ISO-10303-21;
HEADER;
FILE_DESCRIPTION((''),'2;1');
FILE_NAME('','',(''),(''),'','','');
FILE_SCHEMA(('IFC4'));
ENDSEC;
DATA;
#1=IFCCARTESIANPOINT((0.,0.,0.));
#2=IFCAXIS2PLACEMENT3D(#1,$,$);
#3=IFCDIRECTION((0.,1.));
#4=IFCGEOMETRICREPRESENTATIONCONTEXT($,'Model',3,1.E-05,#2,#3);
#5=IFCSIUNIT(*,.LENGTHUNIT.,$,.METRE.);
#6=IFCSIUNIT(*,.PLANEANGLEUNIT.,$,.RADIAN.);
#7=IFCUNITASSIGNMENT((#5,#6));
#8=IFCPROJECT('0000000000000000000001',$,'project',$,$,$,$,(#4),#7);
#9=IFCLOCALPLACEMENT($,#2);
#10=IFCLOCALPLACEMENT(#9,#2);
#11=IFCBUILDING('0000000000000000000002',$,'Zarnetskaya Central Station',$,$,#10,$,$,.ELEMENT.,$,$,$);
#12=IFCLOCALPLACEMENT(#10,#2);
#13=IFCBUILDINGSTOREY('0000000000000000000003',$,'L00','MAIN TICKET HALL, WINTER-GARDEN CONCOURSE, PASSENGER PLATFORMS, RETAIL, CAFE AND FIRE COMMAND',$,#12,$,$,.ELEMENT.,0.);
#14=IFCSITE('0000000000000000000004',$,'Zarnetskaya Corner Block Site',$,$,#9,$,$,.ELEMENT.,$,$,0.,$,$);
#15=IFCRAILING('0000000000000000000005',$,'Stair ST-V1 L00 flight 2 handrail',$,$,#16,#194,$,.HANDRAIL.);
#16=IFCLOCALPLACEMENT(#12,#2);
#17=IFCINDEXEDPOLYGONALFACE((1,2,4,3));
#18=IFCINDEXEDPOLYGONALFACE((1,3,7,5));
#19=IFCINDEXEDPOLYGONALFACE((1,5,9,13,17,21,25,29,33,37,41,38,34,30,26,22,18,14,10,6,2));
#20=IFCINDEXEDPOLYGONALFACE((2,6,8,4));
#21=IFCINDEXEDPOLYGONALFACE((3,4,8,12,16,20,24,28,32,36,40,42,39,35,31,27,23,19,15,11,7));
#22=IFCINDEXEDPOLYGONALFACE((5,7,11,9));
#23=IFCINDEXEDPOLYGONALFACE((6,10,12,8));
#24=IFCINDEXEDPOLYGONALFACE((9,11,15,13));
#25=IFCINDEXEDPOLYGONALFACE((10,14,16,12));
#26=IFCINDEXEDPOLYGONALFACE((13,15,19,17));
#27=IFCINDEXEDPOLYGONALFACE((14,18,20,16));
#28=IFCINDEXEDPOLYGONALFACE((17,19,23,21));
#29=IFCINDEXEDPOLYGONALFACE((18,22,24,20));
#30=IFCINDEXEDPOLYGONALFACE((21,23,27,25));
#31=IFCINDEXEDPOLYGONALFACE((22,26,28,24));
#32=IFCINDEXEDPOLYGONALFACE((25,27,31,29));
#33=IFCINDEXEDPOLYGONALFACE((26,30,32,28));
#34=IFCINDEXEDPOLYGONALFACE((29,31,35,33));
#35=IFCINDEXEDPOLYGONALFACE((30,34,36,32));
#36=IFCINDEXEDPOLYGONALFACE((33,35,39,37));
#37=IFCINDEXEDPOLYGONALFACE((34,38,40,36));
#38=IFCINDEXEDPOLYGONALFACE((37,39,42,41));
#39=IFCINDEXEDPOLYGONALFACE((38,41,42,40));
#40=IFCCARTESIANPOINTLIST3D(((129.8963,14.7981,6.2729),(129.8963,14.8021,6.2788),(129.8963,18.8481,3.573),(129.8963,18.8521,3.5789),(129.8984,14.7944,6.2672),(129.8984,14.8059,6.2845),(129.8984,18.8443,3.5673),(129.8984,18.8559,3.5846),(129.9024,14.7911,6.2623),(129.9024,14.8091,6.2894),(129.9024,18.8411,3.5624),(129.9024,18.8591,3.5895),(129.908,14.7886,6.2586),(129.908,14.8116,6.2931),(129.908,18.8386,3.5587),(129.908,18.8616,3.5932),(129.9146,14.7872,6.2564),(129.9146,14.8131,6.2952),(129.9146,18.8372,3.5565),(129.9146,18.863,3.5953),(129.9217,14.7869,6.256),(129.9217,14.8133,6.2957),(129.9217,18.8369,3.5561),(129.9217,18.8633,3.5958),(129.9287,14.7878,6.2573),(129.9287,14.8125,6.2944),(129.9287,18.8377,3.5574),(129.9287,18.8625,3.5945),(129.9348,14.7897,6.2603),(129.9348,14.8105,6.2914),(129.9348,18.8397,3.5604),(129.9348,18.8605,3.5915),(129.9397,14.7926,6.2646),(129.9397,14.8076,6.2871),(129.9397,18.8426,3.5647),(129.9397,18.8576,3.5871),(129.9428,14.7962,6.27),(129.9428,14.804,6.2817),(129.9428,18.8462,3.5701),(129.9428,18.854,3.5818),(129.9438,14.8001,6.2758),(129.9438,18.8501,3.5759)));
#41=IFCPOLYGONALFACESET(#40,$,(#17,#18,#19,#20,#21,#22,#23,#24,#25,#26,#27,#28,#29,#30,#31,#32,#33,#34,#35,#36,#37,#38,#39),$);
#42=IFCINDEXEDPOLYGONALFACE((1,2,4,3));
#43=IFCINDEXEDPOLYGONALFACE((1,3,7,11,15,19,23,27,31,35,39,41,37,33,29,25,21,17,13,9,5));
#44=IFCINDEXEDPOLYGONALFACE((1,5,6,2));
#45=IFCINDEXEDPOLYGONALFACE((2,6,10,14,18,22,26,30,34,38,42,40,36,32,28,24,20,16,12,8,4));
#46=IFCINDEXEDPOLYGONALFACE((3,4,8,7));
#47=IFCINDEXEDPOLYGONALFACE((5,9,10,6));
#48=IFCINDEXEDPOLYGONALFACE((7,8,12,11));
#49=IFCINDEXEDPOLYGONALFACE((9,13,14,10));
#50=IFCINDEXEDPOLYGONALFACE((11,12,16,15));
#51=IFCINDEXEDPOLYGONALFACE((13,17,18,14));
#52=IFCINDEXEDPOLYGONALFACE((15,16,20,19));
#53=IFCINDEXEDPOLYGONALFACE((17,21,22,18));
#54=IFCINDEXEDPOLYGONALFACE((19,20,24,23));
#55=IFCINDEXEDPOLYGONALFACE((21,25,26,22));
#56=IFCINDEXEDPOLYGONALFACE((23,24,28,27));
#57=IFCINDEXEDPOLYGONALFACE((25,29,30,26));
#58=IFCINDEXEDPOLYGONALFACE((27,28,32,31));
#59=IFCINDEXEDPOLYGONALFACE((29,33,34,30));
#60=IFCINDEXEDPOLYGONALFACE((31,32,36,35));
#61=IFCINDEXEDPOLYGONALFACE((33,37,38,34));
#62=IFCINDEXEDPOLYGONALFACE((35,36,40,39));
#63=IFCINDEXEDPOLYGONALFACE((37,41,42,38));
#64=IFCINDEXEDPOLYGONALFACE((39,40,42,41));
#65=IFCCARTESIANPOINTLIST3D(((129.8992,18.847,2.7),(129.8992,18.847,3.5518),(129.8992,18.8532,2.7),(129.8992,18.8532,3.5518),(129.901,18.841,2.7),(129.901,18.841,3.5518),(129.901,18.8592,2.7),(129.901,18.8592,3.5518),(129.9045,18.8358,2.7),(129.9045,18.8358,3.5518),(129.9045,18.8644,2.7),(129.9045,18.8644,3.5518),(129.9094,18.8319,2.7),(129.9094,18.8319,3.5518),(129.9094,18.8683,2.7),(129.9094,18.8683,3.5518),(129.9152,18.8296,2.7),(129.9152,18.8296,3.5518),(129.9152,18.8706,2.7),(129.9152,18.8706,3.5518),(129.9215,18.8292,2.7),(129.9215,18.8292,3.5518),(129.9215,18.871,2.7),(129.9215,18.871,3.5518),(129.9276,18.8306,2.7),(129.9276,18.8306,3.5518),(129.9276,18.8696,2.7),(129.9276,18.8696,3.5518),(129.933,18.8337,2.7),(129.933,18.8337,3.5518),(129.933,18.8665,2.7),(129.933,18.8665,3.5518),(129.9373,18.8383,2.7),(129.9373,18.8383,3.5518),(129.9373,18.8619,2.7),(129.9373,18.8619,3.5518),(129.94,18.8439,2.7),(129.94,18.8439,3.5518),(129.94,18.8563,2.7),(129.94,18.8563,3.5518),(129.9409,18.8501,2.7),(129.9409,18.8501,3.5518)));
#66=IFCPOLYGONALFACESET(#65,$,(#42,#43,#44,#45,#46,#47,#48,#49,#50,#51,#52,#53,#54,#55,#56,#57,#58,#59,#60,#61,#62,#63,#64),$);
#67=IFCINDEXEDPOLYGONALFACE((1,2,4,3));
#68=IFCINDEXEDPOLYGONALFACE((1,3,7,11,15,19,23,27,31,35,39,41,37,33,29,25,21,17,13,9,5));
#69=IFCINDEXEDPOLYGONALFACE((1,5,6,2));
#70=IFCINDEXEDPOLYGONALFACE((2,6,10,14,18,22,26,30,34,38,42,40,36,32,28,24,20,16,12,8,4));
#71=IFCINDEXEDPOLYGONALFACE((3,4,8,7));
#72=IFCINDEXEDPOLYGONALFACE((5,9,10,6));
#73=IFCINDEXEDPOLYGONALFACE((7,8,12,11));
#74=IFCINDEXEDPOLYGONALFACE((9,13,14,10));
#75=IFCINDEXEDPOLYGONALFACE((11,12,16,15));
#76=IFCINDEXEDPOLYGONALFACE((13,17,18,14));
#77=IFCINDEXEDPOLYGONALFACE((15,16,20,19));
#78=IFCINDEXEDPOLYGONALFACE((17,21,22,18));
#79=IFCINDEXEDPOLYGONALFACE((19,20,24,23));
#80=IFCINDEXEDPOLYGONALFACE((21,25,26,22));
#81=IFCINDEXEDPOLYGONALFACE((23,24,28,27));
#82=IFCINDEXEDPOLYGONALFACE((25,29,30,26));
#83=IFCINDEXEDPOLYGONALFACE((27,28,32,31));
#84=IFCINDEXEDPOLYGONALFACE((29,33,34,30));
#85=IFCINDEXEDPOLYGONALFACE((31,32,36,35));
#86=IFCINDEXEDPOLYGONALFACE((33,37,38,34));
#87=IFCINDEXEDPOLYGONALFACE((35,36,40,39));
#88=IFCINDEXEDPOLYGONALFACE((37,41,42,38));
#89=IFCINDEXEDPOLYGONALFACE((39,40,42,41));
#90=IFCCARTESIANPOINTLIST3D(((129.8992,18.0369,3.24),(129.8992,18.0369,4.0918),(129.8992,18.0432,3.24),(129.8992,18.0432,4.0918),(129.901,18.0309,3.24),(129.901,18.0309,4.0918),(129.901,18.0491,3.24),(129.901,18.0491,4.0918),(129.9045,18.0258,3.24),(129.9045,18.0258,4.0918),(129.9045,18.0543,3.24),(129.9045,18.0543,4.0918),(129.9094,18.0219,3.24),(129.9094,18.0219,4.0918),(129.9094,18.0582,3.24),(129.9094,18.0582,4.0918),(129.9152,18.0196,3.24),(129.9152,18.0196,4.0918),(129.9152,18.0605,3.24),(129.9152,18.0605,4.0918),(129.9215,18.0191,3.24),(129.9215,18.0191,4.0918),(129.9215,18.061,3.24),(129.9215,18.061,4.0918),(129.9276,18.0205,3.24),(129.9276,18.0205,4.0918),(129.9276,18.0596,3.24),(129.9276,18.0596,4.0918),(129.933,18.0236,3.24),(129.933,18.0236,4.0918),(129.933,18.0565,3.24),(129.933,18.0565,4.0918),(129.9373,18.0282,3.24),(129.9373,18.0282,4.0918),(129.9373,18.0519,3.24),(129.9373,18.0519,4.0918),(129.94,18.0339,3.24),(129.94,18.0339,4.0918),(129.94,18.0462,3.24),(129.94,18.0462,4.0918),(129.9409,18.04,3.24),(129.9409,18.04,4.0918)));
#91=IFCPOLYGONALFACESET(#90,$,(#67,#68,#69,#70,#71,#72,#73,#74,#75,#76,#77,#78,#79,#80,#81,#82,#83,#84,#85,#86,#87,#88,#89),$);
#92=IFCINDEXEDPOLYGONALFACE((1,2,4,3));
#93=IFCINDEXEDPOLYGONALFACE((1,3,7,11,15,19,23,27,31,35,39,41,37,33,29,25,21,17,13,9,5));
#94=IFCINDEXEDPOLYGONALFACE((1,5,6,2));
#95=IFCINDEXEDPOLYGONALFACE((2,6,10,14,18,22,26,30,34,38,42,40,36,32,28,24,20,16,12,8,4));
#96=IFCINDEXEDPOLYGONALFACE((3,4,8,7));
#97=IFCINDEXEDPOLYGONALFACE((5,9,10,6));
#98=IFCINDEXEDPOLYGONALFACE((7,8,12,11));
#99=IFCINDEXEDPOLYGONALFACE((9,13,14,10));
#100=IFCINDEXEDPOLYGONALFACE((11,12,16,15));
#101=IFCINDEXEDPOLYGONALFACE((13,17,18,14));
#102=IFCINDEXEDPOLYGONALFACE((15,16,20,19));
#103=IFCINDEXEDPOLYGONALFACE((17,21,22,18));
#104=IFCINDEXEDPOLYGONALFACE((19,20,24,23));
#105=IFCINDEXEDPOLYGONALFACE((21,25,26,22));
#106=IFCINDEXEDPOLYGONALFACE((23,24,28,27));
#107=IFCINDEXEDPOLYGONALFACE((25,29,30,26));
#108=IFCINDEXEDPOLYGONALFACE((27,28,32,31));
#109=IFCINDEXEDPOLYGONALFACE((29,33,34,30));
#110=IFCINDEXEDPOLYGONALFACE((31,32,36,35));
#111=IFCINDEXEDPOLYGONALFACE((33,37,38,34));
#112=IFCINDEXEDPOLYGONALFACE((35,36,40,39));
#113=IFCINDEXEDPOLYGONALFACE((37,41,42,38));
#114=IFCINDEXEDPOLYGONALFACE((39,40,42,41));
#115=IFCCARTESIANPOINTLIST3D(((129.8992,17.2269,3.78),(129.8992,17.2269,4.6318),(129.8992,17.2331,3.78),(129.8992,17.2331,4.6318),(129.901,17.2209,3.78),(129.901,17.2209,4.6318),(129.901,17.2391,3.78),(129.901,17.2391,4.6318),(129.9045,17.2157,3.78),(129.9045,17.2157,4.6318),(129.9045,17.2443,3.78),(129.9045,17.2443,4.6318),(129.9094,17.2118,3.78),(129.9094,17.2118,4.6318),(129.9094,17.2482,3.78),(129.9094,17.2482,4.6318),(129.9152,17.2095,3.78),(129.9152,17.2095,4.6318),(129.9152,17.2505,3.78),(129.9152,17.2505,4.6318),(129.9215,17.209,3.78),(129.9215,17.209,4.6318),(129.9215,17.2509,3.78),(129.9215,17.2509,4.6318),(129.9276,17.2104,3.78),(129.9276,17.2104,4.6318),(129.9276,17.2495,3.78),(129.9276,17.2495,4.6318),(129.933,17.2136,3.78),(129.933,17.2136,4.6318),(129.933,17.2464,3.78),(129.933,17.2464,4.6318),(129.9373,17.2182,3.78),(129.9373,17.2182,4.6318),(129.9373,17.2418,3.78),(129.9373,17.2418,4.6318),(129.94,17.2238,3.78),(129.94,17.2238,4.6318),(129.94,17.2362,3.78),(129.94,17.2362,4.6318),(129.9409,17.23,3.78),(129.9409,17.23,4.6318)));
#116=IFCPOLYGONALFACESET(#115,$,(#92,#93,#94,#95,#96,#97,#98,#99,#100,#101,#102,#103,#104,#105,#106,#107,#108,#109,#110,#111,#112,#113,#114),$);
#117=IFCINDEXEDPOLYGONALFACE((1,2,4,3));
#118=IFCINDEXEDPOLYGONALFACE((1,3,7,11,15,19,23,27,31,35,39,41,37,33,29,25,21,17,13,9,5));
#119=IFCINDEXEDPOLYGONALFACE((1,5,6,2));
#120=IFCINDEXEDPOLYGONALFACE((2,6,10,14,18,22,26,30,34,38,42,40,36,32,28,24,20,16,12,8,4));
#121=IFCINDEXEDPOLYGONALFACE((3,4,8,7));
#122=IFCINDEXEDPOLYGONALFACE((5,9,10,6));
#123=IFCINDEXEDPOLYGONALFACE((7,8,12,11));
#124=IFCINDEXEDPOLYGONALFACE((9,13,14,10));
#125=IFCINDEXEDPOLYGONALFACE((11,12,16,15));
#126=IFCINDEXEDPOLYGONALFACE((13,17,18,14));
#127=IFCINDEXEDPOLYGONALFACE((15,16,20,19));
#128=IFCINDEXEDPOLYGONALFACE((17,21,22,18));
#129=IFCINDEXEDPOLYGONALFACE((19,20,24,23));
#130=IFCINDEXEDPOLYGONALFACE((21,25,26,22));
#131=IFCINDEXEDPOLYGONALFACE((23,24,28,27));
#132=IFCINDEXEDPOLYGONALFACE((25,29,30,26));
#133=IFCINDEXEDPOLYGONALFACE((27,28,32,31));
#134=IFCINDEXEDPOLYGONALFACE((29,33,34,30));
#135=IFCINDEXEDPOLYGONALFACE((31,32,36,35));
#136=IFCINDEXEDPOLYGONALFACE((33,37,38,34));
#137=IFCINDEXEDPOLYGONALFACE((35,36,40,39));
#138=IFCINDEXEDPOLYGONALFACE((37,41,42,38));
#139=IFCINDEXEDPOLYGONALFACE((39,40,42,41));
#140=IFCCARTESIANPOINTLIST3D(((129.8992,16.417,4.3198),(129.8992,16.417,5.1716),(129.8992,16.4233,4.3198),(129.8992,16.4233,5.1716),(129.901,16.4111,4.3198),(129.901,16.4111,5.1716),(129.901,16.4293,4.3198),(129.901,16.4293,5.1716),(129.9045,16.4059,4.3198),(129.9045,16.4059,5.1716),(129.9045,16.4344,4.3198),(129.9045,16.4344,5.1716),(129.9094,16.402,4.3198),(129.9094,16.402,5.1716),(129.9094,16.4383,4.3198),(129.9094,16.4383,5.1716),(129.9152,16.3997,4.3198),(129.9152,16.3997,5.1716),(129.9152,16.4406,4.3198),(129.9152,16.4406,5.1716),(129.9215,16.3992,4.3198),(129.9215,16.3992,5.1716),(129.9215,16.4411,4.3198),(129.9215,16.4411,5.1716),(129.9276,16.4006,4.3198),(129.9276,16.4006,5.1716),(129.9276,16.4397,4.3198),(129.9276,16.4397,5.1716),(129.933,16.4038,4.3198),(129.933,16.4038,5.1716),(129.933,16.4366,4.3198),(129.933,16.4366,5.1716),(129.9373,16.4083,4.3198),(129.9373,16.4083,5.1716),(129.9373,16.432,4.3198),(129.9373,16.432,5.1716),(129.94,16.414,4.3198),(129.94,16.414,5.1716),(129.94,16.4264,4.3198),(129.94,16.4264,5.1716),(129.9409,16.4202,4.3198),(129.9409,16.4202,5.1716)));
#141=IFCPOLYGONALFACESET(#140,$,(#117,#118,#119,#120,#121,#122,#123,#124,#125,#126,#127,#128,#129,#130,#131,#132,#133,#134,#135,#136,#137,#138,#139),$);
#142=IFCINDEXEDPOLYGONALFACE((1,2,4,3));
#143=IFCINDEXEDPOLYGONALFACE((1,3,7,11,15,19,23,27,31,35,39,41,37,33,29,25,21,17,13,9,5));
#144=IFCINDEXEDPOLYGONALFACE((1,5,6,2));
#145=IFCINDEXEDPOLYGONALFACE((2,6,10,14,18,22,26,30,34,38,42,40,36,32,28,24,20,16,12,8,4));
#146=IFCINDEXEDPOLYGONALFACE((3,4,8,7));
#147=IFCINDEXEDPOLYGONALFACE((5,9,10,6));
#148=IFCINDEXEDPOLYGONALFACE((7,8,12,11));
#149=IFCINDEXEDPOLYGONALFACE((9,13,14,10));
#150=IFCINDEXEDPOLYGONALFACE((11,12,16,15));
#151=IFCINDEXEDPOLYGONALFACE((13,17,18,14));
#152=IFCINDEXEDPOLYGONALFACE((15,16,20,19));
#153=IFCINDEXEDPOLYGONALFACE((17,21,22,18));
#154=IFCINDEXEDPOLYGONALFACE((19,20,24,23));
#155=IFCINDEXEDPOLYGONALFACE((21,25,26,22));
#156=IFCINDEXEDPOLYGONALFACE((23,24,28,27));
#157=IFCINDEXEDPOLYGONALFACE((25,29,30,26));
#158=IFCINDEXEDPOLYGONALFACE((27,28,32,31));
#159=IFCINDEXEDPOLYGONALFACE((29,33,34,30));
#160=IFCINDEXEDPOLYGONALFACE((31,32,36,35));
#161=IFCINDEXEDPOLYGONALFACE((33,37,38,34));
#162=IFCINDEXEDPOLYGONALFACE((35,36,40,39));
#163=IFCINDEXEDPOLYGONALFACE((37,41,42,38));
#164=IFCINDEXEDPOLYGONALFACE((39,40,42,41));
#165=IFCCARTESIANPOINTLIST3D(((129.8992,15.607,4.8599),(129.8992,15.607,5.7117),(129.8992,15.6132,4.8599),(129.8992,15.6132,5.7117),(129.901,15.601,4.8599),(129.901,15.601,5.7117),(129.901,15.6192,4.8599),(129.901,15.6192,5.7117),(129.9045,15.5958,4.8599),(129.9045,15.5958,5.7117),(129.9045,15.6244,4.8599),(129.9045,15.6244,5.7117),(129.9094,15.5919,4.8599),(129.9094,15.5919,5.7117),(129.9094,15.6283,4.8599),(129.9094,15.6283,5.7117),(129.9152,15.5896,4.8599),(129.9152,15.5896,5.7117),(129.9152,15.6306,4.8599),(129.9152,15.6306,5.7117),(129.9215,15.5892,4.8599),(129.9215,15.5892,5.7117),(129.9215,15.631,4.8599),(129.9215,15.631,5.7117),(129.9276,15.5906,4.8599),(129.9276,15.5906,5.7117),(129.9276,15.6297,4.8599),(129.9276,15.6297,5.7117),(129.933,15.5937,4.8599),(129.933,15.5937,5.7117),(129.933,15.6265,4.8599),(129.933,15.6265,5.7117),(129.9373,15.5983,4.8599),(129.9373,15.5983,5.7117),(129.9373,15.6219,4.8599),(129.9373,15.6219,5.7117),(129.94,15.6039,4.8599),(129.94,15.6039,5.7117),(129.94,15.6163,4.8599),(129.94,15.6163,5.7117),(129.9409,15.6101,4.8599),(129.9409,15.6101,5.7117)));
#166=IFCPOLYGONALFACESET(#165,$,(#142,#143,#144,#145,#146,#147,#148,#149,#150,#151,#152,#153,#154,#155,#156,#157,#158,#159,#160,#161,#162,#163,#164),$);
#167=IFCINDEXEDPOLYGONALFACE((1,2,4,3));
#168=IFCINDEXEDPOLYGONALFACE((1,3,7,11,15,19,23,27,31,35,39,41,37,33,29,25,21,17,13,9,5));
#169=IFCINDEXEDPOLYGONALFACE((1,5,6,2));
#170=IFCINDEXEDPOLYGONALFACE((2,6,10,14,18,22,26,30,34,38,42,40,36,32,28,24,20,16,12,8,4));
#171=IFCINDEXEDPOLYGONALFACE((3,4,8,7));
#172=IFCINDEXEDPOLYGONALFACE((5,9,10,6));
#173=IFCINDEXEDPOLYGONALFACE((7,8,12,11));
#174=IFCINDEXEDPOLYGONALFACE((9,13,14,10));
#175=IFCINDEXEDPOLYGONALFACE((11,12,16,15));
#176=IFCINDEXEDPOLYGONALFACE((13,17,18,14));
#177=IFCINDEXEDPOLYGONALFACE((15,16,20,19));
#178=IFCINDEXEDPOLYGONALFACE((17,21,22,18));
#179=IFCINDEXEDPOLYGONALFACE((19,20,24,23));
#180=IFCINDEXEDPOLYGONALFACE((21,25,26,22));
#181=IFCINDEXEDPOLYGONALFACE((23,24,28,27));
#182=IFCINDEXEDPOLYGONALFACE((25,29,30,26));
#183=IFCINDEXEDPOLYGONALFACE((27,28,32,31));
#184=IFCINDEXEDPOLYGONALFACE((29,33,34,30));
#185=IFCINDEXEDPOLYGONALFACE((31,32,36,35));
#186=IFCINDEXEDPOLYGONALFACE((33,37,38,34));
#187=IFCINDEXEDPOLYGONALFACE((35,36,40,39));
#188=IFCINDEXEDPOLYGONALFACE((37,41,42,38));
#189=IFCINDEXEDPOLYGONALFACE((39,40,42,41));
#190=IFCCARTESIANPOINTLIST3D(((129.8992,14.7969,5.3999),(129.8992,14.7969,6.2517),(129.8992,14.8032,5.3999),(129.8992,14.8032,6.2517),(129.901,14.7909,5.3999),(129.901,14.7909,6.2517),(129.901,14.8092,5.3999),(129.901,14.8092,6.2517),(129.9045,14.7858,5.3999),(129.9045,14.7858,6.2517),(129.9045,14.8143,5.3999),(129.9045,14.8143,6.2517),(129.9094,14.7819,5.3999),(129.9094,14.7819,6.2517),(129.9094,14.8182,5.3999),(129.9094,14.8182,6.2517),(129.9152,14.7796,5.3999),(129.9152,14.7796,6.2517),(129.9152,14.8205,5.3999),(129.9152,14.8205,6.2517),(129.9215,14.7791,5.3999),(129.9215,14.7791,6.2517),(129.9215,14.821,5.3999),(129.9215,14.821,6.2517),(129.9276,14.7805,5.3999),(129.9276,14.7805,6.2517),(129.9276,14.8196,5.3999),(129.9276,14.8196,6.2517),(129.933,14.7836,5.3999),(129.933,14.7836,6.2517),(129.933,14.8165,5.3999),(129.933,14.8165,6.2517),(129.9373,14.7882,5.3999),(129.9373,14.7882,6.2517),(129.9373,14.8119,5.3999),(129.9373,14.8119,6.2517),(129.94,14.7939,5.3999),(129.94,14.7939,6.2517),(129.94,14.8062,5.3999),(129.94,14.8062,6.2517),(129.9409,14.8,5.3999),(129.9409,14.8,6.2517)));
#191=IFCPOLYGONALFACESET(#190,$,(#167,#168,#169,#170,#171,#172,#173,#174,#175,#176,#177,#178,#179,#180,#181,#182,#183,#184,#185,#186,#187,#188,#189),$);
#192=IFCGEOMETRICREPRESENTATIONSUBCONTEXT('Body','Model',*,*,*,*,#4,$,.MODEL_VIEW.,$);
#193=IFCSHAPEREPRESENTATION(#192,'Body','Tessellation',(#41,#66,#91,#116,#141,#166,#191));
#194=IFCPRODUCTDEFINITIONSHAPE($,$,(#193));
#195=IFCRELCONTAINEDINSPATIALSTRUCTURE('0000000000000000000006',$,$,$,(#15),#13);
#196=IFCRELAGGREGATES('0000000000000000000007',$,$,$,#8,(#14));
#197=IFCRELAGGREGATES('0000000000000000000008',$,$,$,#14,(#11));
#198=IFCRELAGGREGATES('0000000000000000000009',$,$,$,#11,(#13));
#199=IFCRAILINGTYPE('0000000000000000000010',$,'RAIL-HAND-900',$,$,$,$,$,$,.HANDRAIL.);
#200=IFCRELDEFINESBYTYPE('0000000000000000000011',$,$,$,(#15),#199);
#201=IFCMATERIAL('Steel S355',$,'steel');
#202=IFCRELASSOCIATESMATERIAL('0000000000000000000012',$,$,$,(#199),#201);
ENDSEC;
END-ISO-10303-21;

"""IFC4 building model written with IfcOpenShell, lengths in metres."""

from ifc_helpers import new_model, si_unit, direction, frame, origin, origin_2d, place, context, subcontext, project, spatial, circle, extrude, material, type_object, element, save


model = new_model("IFC4")

# Units and contexts
model_context = context("Model", 3, precision=1e-05, world=origin(), true_north=direction((0.0, 1.0)))
body_context = subcontext(model_context, "Body", "Model", "MODEL_VIEW")
ifc_project = project(units=[si_unit("LENGTHUNIT", "METRE"), si_unit("PLANEANGLEUNIT", "RADIAN")], contexts=[model_context])

# Site, building, storey
site_placement = place(None, origin())
site = spatial("IfcSite", under=ifc_project, at=site_placement, Name="Zarnetskaya Corner Block Site", CompositionType="ELEMENT", RefElevation=0.0)
building_placement = place(site_placement, origin())
building = spatial("IfcBuilding", under=site, at=building_placement, Name="Zarnetskaya Central Station", CompositionType="ELEMENT")
storey_placement = place(building_placement, origin())
storey = spatial("IfcBuildingStorey", under=building, at=storey_placement, Name="L00", Description="MAIN TICKET HALL, WINTER-GARDEN CONCOURSE, PASSENGER PLATFORMS, RETAIL, CAFE AND FIRE COMMAND", CompositionType="ELEMENT", Elevation=0.0)

# Shared definitions
ifc_material_1 = material(Name="Steel S355", Category="steel")

# Railing
railing_type_1 = type_object("IfcRailingType", Name="RAIL-HAND-900", PredefinedType="HANDRAIL", material=ifc_material_1)
railing_1_placement = place(storey_placement, frame((129.9199, 18.8501, 2.7)))
element("IfcRailing", 1, at=railing_1_placement, inside=storey, type_object=railing_type_1, Name="Stair ST-V1 L00 flight 2 handrail", PredefinedType="HANDRAIL", context=body_context, shape_type="SweptSolid", body=[
    extrude(circle(Radius=0.0239, at=origin_2d()), frame((0.0, 0.0, 0.876), z_axis=(0.0, -0.832058, 0.554689), x_axis=(1.0, 0.0, 0.0)), (0.0, 0.0, 1.0), 4.8674),
    extrude(circle(Radius=0.021, at=origin_2d()), origin(), (0.0, 0.0, 1.0), 0.8518),
    extrude(circle(Radius=0.021, at=origin_2d()), frame((0.0, -0.8101, 0.54)), (0.0, 0.0, 1.0), 0.8518),
    extrude(circle(Radius=0.021, at=origin_2d()), frame((0.0, -1.6201, 1.0801)), (0.0, 0.0, 1.0), 0.8518),
    extrude(circle(Radius=0.021, at=origin_2d()), frame((0.0, -2.4299, 1.6199)), (0.0, 0.0, 1.0), 0.8518),
    extrude(circle(Radius=0.021, at=origin_2d()), frame((0.0, -3.24, 2.1599)), (0.0, 0.0, 1.0), 0.8518),
    extrude(circle(Radius=0.021, at=origin_2d()), frame((0.0, -4.05, 2.7)), (0.0, 0.0, 1.0), 0.8518),
])

save(model, "model.ifc")
